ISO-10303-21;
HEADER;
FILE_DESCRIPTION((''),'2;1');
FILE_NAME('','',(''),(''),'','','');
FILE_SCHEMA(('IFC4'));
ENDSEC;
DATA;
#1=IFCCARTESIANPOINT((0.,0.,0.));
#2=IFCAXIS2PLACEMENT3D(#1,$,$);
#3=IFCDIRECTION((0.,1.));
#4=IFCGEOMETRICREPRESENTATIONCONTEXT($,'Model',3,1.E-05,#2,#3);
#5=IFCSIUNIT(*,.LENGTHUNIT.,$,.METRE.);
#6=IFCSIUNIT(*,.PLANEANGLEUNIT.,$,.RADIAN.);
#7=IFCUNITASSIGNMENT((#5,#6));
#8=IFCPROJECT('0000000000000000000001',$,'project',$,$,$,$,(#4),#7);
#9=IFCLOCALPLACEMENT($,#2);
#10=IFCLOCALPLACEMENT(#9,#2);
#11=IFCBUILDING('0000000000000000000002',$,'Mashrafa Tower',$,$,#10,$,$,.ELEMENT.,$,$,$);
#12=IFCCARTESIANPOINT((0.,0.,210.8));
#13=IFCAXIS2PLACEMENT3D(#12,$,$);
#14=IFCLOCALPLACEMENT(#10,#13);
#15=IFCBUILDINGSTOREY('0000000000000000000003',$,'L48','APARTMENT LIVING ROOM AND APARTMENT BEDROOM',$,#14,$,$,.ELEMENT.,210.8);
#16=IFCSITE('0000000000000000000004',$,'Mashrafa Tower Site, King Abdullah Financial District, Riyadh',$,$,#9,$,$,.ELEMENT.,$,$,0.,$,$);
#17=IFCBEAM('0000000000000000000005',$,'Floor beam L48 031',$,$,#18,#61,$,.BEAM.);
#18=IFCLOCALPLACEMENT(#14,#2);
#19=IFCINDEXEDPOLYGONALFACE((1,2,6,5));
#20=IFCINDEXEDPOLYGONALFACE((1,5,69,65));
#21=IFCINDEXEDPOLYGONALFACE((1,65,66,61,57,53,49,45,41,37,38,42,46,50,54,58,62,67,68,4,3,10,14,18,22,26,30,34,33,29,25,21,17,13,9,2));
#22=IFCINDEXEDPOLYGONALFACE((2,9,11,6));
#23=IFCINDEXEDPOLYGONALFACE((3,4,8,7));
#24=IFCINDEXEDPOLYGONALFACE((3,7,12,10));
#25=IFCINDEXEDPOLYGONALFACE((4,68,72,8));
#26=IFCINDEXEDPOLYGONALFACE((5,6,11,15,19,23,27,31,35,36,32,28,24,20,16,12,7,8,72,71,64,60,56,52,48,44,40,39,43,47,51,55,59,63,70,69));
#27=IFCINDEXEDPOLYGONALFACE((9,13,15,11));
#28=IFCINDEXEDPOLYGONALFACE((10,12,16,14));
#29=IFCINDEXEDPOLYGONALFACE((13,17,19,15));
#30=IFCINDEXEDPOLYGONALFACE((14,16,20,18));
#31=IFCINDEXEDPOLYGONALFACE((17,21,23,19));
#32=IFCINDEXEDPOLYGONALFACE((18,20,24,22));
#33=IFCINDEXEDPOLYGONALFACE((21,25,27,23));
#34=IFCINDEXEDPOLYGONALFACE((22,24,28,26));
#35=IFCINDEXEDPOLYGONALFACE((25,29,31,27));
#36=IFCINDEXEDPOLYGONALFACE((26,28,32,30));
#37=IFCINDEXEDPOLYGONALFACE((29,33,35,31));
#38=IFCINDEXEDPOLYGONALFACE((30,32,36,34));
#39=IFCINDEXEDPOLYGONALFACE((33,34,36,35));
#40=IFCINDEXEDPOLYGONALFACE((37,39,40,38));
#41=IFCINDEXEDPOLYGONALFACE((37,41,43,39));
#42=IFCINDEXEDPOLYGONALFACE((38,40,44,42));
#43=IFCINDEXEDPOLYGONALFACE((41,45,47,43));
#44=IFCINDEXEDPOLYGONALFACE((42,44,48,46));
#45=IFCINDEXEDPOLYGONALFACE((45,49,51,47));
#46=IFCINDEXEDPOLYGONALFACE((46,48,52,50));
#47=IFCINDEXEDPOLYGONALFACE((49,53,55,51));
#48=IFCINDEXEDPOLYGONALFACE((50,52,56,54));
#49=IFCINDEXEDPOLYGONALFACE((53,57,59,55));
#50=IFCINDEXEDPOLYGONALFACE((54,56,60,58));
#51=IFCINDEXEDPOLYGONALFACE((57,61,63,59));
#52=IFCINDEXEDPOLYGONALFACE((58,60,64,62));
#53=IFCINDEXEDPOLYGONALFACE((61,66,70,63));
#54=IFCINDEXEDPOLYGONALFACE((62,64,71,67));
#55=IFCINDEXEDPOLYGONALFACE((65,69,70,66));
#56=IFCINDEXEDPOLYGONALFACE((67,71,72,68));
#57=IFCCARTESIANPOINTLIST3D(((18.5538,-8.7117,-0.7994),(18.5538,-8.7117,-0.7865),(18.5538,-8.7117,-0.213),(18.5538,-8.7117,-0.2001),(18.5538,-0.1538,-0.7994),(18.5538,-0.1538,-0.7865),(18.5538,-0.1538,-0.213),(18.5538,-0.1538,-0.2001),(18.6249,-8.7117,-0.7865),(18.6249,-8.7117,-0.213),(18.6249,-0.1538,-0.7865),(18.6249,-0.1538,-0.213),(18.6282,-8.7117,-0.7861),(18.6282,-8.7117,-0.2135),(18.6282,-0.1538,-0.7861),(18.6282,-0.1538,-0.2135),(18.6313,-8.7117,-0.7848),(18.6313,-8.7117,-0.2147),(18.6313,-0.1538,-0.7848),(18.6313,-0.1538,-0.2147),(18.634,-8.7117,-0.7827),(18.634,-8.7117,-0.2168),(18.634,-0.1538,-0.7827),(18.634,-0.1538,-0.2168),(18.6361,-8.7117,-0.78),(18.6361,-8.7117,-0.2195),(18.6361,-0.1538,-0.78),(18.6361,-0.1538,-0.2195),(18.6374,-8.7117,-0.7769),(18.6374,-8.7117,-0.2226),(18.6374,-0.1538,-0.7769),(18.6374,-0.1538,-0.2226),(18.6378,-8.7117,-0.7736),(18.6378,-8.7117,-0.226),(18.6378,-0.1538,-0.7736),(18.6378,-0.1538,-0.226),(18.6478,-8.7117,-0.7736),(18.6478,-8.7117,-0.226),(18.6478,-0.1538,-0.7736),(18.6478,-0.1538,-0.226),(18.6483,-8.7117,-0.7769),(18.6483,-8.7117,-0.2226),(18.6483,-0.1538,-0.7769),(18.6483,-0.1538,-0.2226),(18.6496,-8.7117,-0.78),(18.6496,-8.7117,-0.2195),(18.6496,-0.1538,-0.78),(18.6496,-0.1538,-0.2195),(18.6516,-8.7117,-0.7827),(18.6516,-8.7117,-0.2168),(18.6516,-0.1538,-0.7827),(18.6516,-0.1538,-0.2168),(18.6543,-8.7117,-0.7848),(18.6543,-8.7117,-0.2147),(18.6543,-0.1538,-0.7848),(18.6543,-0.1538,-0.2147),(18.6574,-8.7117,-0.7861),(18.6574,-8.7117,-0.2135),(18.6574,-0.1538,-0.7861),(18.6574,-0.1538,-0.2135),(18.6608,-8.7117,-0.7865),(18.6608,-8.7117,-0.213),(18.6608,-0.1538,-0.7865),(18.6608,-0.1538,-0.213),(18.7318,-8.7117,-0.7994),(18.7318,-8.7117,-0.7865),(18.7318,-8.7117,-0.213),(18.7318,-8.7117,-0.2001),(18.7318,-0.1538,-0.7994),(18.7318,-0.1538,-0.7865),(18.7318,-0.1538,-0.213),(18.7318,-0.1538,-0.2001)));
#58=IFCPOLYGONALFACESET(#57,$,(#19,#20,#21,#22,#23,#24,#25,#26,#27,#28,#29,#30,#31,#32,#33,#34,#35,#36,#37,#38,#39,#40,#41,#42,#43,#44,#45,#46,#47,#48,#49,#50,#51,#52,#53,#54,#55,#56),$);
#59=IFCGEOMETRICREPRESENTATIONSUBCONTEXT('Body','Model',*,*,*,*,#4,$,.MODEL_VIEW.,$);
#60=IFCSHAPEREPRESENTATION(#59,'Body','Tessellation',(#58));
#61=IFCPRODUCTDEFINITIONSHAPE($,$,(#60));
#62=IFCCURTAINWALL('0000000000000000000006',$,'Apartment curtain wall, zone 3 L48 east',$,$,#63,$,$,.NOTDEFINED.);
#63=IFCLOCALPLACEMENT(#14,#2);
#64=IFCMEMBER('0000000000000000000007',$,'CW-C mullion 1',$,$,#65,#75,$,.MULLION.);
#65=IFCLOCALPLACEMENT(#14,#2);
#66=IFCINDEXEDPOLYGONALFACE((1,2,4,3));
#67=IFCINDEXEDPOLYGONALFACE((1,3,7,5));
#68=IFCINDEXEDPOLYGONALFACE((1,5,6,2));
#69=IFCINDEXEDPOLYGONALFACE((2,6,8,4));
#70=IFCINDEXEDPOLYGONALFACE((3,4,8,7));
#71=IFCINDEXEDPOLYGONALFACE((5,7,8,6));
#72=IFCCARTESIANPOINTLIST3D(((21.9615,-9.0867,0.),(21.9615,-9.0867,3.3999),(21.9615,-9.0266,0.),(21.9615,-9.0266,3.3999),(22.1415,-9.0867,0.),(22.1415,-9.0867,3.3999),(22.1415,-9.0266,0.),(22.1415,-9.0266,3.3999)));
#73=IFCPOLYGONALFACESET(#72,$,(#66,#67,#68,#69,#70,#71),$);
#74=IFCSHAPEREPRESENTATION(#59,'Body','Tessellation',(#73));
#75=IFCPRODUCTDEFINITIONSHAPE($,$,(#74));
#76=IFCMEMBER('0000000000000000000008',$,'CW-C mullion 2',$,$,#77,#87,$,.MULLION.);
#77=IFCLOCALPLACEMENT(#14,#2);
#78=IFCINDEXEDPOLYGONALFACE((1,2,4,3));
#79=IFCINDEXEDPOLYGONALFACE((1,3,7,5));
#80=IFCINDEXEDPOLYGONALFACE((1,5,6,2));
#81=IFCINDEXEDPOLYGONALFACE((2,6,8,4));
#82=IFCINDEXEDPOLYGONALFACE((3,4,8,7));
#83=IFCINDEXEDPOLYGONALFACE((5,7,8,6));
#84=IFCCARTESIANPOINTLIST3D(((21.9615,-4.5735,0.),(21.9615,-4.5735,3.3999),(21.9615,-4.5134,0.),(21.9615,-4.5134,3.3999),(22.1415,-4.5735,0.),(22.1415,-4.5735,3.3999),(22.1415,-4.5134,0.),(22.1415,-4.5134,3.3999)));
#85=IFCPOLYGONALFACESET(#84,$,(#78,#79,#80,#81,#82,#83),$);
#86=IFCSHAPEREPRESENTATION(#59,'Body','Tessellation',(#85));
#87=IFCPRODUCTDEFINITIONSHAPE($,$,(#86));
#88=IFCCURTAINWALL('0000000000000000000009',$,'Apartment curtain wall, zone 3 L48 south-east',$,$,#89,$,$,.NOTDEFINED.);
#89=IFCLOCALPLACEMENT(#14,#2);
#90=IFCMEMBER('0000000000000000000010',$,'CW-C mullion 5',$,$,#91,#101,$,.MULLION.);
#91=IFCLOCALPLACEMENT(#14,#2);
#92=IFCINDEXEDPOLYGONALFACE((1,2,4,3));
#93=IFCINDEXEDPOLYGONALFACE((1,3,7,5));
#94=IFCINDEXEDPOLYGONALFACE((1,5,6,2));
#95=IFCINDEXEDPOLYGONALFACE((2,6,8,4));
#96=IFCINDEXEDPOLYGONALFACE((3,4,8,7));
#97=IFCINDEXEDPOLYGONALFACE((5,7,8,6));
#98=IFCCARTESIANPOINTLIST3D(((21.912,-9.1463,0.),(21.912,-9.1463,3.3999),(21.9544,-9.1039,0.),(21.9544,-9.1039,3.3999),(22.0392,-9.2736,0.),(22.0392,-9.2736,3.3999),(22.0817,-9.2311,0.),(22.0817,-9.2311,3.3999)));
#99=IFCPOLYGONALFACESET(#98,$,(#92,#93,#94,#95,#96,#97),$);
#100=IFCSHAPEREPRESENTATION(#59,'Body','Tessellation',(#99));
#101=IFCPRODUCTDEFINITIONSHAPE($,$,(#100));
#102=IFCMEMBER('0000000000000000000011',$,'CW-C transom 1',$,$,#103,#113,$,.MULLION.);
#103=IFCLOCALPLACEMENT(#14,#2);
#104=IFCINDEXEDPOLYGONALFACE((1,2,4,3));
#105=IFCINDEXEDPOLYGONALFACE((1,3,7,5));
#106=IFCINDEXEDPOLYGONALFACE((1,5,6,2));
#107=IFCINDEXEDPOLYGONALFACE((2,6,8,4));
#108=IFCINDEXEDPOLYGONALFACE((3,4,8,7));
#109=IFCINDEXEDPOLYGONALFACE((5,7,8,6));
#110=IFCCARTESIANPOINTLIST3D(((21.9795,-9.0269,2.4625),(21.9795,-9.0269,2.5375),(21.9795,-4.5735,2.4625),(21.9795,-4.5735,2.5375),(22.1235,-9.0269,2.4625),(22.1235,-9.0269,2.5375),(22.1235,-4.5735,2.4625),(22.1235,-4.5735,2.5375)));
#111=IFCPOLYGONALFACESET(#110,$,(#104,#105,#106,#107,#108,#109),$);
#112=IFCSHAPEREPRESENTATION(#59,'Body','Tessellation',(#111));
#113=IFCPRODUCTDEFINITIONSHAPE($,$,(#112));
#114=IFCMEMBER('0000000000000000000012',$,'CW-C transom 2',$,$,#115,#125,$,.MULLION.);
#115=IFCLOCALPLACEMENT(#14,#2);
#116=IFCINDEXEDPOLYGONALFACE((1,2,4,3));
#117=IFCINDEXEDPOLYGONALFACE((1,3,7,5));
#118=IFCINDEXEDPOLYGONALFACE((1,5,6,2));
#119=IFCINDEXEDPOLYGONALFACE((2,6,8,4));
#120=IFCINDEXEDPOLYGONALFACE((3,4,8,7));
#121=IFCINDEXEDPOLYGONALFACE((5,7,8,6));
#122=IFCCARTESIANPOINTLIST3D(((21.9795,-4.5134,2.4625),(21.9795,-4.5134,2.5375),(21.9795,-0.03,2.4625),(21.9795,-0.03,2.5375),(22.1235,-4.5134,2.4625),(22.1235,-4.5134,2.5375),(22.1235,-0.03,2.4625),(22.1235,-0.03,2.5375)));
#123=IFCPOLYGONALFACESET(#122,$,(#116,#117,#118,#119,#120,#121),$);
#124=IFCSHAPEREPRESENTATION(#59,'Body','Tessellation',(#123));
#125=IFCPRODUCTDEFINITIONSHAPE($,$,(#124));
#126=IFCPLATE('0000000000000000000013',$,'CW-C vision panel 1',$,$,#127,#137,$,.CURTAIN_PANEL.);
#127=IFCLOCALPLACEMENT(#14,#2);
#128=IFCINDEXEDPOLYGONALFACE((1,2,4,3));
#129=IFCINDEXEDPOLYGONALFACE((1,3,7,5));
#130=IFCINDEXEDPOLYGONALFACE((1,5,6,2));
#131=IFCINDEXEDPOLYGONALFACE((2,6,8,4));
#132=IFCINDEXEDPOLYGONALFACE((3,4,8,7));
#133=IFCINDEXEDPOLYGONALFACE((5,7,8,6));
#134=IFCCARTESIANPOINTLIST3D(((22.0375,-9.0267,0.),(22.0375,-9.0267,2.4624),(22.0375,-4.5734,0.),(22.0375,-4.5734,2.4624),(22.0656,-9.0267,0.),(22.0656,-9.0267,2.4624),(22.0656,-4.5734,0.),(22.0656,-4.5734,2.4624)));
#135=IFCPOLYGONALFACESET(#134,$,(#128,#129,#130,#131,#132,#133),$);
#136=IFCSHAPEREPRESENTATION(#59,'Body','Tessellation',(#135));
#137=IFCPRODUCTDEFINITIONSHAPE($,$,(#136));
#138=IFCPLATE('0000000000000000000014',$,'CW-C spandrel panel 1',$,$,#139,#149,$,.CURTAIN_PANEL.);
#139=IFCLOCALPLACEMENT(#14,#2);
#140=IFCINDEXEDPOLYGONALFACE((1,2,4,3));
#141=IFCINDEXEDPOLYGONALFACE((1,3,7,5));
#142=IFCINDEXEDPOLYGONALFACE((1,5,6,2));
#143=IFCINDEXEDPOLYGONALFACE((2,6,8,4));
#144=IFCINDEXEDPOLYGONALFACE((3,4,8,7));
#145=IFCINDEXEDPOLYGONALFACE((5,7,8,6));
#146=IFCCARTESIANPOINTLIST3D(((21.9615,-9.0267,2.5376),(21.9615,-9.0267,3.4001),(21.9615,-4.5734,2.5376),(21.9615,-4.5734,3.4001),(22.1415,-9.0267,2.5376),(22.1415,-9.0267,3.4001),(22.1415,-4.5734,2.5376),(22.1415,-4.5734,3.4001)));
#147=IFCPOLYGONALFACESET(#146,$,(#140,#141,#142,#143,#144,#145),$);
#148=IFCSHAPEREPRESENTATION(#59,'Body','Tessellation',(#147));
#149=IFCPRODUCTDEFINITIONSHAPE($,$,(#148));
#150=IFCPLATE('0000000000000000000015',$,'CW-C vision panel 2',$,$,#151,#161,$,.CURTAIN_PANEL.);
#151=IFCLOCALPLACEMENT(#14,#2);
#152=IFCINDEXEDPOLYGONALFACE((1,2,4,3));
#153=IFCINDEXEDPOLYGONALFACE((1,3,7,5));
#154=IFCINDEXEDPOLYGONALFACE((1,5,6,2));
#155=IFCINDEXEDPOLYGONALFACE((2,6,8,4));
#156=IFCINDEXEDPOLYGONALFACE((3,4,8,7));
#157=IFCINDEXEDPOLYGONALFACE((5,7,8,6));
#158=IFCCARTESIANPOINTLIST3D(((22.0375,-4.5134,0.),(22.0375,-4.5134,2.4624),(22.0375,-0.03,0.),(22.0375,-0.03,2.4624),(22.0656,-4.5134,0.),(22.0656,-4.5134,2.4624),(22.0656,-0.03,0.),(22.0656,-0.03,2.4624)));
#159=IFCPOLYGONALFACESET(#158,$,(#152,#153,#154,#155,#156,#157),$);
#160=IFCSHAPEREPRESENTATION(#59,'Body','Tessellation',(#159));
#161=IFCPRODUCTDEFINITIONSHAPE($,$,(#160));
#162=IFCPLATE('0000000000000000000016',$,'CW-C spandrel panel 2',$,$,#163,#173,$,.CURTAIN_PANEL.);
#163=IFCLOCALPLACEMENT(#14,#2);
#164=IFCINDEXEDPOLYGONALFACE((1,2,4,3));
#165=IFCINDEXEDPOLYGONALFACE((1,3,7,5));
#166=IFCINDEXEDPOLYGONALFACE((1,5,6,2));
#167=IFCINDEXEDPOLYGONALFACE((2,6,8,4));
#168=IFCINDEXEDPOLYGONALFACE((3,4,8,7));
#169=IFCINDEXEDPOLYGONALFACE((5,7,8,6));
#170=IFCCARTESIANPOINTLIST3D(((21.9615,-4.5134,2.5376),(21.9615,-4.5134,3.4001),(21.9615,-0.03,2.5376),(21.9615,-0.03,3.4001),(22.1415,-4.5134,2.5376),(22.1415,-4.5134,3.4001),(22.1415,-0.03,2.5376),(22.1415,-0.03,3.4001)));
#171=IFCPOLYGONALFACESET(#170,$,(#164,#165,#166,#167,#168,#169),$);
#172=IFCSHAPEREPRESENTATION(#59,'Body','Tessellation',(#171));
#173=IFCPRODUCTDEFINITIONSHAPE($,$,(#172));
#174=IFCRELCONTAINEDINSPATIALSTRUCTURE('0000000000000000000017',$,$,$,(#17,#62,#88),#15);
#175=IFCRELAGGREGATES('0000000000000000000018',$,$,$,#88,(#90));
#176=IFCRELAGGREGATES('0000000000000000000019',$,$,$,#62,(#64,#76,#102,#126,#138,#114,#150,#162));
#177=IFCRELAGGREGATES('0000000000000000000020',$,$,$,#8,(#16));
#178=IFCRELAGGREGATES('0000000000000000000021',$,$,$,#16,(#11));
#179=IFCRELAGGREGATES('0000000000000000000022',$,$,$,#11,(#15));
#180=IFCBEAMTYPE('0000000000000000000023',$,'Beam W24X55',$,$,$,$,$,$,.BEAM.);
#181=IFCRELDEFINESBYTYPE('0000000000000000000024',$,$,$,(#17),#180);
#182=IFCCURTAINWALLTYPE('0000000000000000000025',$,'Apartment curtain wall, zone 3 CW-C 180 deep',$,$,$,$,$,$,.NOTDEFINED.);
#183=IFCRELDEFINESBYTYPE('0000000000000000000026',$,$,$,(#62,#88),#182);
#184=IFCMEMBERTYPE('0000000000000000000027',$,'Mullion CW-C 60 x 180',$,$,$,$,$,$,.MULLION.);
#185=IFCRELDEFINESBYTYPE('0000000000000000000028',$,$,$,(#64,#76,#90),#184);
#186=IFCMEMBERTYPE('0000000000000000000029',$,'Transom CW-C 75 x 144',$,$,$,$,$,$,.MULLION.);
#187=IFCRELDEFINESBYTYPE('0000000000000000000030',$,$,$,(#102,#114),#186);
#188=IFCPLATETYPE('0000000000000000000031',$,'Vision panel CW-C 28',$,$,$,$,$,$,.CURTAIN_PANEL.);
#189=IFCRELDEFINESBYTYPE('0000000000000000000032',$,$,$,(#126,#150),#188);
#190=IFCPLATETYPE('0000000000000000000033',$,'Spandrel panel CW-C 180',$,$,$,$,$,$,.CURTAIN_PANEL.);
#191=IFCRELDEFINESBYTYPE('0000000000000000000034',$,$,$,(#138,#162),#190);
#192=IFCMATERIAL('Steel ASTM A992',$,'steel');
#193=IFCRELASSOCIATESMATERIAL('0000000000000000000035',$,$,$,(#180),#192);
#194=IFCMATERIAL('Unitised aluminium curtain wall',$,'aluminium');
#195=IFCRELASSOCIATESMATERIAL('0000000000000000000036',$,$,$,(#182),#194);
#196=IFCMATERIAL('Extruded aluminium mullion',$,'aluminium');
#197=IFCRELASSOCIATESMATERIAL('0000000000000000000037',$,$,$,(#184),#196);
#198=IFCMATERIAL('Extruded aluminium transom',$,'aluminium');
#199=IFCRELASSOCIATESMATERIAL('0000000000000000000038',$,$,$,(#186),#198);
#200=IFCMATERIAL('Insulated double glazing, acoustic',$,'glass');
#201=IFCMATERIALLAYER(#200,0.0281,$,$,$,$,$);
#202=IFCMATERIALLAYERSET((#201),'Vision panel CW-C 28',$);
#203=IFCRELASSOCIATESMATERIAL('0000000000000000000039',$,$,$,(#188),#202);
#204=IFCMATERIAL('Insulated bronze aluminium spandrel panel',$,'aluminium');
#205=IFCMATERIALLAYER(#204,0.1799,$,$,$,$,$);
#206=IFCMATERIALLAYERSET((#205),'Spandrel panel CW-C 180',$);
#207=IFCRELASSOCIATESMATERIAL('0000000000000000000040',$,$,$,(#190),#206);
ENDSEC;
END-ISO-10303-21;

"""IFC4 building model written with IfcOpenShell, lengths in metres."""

from ifc_helpers import new_model, si_unit, direction, frame, origin, origin_2d, place, context, subcontext, project, spatial, rectangle, i_section, extrude, source, transform, mapped, material, layer, layer_set, material_profile, profile_set, type_object, type_shapes, element, aggregate, save


model = new_model("IFC4")

# Units and contexts
model_context = context("Model", 3, precision=1e-05, world=origin(), true_north=direction((0.0, 1.0)))
body_context = subcontext(model_context, "Body", "Model", "MODEL_VIEW")
ifc_project = project(units=[si_unit("LENGTHUNIT", "METRE"), si_unit("PLANEANGLEUNIT", "RADIAN")], contexts=[model_context])

# Site, building, storey
site_placement = place(None, origin())
site = spatial("IfcSite", under=ifc_project, at=site_placement, Name="Mashrafa Tower Site, King Abdullah Financial District, Riyadh", CompositionType="ELEMENT", RefElevation=0.0)
building_placement = place(site_placement, origin())
building = spatial("IfcBuilding", under=site, at=building_placement, Name="Mashrafa Tower", CompositionType="ELEMENT")
storey_placement = place(building_placement, frame((0.0, 0.0, 210.8)))
storey = spatial("IfcBuildingStorey", under=building, at=storey_placement, Name="L48", Description="APARTMENT LIVING ROOM AND APARTMENT BEDROOM", CompositionType="ELEMENT", Elevation=210.8)

# Beam
ifc_material_1 = material(Name="Steel ASTM A992", Category="steel")
ifc_material_profile_1 = material_profile(ifc_material_1, i_section(OverallWidth=0.178, OverallDepth=0.5994, WebThickness=0.01, FlangeThickness=0.0129, FilletRadius=0.0129, at=origin_2d()), Name="W24X55")
ifc_profile_set_1 = profile_set([ifc_material_profile_1], Name="Steel ASTM A992")
beam_type_1 = type_object("IfcBeamType", Name="Beam W24X55", PredefinedType="BEAM", material=ifc_profile_set_1)
beam_1_placement = place(storey_placement, frame((18.6428, -0.1538, -0.4998), z_axis=(0.0, -1.0, 0.0), x_axis=(1.0, 0.0, 0.0)))
element("IfcBeam", 1, at=beam_1_placement, inside=storey, type_object=beam_type_1, Name="Floor beam L48 031", PredefinedType="BEAM", context=body_context, shape_type="SweptSolid", body=[
    extrude(i_section(OverallWidth=0.178, OverallDepth=0.5994, WebThickness=0.01, FlangeThickness=0.0129, FilletRadius=0.0129, at=origin_2d()), origin(), (0.0, 0.0, 1.0), 8.5579),
])

# Curtain wall, members
ifc_material_2 = material(Name="Unitised aluminium curtain wall", Category="aluminium")
curtain_wall_type = type_object("IfcCurtainWallType", Name="Apartment curtain wall, zone 3 CW-C 180 deep", PredefinedType="NOTDEFINED", material=ifc_material_2)
curtain_wall_1_placement = place(storey_placement, origin())
curtain_wall_1 = element("IfcCurtainWall", 2, at=curtain_wall_1_placement, inside=storey, type_object=curtain_wall_type, Name="Apartment curtain wall, zone 3 L48 east", PredefinedType="NOTDEFINED")
ifc_material_3 = material(Name="Extruded aluminium mullion", Category="aluminium")
ifc_material_profile_2 = material_profile(ifc_material_3, rectangle(XDim=0.1799, YDim=0.0601, at=origin_2d()), Name="Mullion 60x180")
ifc_profile_set_2 = profile_set([ifc_material_profile_2], Name="Extruded aluminium mullion")
member_type_1 = type_object("IfcMemberType", Name="Mullion CW-C 60 x 180", PredefinedType="MULLION", material=ifc_profile_set_2)
shared_shape_1 = source(origin(), body_context, "Body", "SweptSolid", [
    extrude(rectangle(XDim=0.1799, YDim=0.0601, at=origin_2d()), origin(), (0.0, 0.0, 1.0), 3.3999),
])
type_shapes(member_type_1, [shared_shape_1])
member_1_placement = place(storey_placement, frame((22.0515, -9.0566, 0.0), z_axis=(0.0, 0.0, 1.0), x_axis=(-1.0, 0.0, 0.0)))
member_1 = element("IfcMember", 3, at=member_1_placement, type_object=member_type_1, Name="CW-C mullion 1", PredefinedType="MULLION", context=body_context, shape_type="MappedRepresentation", body=[
    mapped(shared_shape_1, transform((0.0, 0.0, 0.0))),
])
member_2_placement = place(storey_placement, frame((22.0515, -4.5435, 0.0), z_axis=(0.0, 0.0, 1.0), x_axis=(-1.0, 0.0, 0.0)))
member_2 = element("IfcMember", 4, at=member_2_placement, type_object=member_type_1, Name="CW-C mullion 2", PredefinedType="MULLION", context=body_context, shape_type="MappedRepresentation", body=[
    mapped(shared_shape_1, transform((0.0, 0.0, 0.0))),
])

# Curtain wall, member
curtain_wall_2_placement = place(storey_placement, origin())
curtain_wall_2 = element("IfcCurtainWall", 5, at=curtain_wall_2_placement, inside=storey, type_object=curtain_wall_type, Name="Apartment curtain wall, zone 3 L48 south-east", PredefinedType="NOTDEFINED")
member_3_placement = place(storey_placement, frame((21.9968, -9.1887, 0.0), z_axis=(0.0, 0.0, 1.0), x_axis=(-0.707107, 0.707107, 0.0)))
member_3 = element("IfcMember", 6, at=member_3_placement, type_object=member_type_1, Name="CW-C mullion 5", PredefinedType="MULLION", context=body_context, shape_type="MappedRepresentation", body=[
    mapped(shared_shape_1, transform((0.0, 0.0, 0.0))),
])
aggregate(curtain_wall_2, [member_3])

# Members
ifc_material_4 = material(Name="Extruded aluminium transom", Category="aluminium")
ifc_material_profile_3 = material_profile(ifc_material_4, rectangle(XDim=0.144, YDim=0.075, at=origin_2d()), Name="Transom 75x144")
ifc_profile_set_3 = profile_set([ifc_material_profile_3], Name="Extruded aluminium transom")
member_type_2 = type_object("IfcMemberType", Name="Transom CW-C 75 x 144", PredefinedType="MULLION", material=ifc_profile_set_3)
shared_shape_2 = source(origin(), body_context, "Body", "SweptSolid", [
    extrude(rectangle(XDim=0.144, YDim=0.075, at=origin_2d()), origin(), (0.0, 0.0, 1.0), 4.4534),
])
member_4_placement = place(storey_placement, frame((22.0515, -9.0269, 2.5), z_axis=(0.0, 1.0, 0.0), x_axis=(-1.0, 0.0, 0.0)))
member_4 = element("IfcMember", 7, at=member_4_placement, type_object=member_type_2, Name="CW-C transom 1", PredefinedType="MULLION", context=body_context, shape_type="MappedRepresentation", body=[
    mapped(shared_shape_2, transform((0.0, 0.0, 0.0))),
])
shared_shape_3 = source(origin(), body_context, "Body", "SweptSolid", [
    extrude(rectangle(XDim=0.144, YDim=0.075, at=origin_2d()), origin(), (0.0, 0.0, 1.0), 4.4834),
])
type_shapes(member_type_2, [shared_shape_2, shared_shape_3])
member_5_placement = place(storey_placement, frame((22.0515, -4.5134, 2.5), z_axis=(0.0, 1.0, 0.0), x_axis=(-1.0, 0.0, 0.0)))
member_5 = element("IfcMember", 8, at=member_5_placement, type_object=member_type_2, Name="CW-C transom 2", PredefinedType="MULLION", context=body_context, shape_type="MappedRepresentation", body=[
    mapped(shared_shape_3, transform((0.0, 0.0, 0.0))),
])

# Plates
ifc_material_5 = material(Name="Insulated double glazing, acoustic", Category="glass")
ifc_layer_1 = layer(ifc_material_5, 0.0281)
ifc_layer_set_1 = layer_set([ifc_layer_1], Name="Vision panel CW-C 28")
plate_type_1 = type_object("IfcPlateType", Name="Vision panel CW-C 28", PredefinedType="CURTAIN_PANEL", material=ifc_layer_set_1)
shared_shape_4 = source(origin(), body_context, "Body", "SweptSolid", [
    extrude(rectangle(XDim=4.4534, YDim=0.0281, at=origin_2d()), origin(), (0.0, 0.0, 1.0), 2.4624),
])
plate_1_placement = place(storey_placement, frame((22.0515, -6.8, 0.0), z_axis=(0.0, 0.0, 1.0), x_axis=(0.0, 1.0, 0.0)))
plate_1 = element("IfcPlate", 9, at=plate_1_placement, type_object=plate_type_1, Name="CW-C vision panel 1", PredefinedType="CURTAIN_PANEL", context=body_context, shape_type="MappedRepresentation", body=[
    mapped(shared_shape_4, transform((0.0, 0.0, 0.0))),
])
ifc_material_6 = material(Name="Insulated bronze aluminium spandrel panel", Category="aluminium")
ifc_layer_2 = layer(ifc_material_6, 0.1799)
ifc_layer_set_2 = layer_set([ifc_layer_2], Name="Spandrel panel CW-C 180")
plate_type_2 = type_object("IfcPlateType", Name="Spandrel panel CW-C 180", PredefinedType="CURTAIN_PANEL", material=ifc_layer_set_2)
shared_shape_5 = source(origin(), body_context, "Body", "SweptSolid", [
    extrude(rectangle(XDim=4.4534, YDim=0.1799, at=origin_2d()), origin(), (0.0, 0.0, 1.0), 0.8625),
])
plate_2_placement = place(storey_placement, frame((22.0515, -6.8, 2.5376), z_axis=(0.0, 0.0, 1.0), x_axis=(0.0, 1.0, 0.0)))
plate_2 = element("IfcPlate", 10, at=plate_2_placement, type_object=plate_type_2, Name="CW-C spandrel panel 1", PredefinedType="CURTAIN_PANEL", context=body_context, shape_type="MappedRepresentation", body=[
    mapped(shared_shape_5, transform((0.0, 0.0, 0.0))),
])
shared_shape_6 = source(origin(), body_context, "Body", "SweptSolid", [
    extrude(rectangle(XDim=4.4834, YDim=0.0281, at=origin_2d()), origin(), (0.0, 0.0, 1.0), 2.4624),
])
type_shapes(plate_type_1, [shared_shape_4, shared_shape_6])
plate_3_placement = place(storey_placement, frame((22.0515, -2.2717, 0.0), z_axis=(0.0, 0.0, 1.0), x_axis=(0.0, 1.0, 0.0)))
plate_3 = element("IfcPlate", 11, at=plate_3_placement, type_object=plate_type_1, Name="CW-C vision panel 2", PredefinedType="CURTAIN_PANEL", context=body_context, shape_type="MappedRepresentation", body=[
    mapped(shared_shape_6, transform((0.0, 0.0, 0.0))),
])
shared_shape_7 = source(origin(), body_context, "Body", "SweptSolid", [
    extrude(rectangle(XDim=4.4834, YDim=0.1799, at=origin_2d()), origin(), (0.0, 0.0, 1.0), 0.8625),
])
type_shapes(plate_type_2, [shared_shape_5, shared_shape_7])
plate_4_placement = place(storey_placement, frame((22.0515, -2.2717, 2.5376), z_axis=(0.0, 0.0, 1.0), x_axis=(0.0, 1.0, 0.0)))
plate_4 = element("IfcPlate", 12, at=plate_4_placement, type_object=plate_type_2, Name="CW-C spandrel panel 2", PredefinedType="CURTAIN_PANEL", context=body_context, shape_type="MappedRepresentation", body=[
    mapped(shared_shape_7, transform((0.0, 0.0, 0.0))),
])
aggregate(curtain_wall_1, [member_1, member_2, member_4, plate_1, plate_2, member_5, plate_3, plate_4])

save(model, "model.ifc")
